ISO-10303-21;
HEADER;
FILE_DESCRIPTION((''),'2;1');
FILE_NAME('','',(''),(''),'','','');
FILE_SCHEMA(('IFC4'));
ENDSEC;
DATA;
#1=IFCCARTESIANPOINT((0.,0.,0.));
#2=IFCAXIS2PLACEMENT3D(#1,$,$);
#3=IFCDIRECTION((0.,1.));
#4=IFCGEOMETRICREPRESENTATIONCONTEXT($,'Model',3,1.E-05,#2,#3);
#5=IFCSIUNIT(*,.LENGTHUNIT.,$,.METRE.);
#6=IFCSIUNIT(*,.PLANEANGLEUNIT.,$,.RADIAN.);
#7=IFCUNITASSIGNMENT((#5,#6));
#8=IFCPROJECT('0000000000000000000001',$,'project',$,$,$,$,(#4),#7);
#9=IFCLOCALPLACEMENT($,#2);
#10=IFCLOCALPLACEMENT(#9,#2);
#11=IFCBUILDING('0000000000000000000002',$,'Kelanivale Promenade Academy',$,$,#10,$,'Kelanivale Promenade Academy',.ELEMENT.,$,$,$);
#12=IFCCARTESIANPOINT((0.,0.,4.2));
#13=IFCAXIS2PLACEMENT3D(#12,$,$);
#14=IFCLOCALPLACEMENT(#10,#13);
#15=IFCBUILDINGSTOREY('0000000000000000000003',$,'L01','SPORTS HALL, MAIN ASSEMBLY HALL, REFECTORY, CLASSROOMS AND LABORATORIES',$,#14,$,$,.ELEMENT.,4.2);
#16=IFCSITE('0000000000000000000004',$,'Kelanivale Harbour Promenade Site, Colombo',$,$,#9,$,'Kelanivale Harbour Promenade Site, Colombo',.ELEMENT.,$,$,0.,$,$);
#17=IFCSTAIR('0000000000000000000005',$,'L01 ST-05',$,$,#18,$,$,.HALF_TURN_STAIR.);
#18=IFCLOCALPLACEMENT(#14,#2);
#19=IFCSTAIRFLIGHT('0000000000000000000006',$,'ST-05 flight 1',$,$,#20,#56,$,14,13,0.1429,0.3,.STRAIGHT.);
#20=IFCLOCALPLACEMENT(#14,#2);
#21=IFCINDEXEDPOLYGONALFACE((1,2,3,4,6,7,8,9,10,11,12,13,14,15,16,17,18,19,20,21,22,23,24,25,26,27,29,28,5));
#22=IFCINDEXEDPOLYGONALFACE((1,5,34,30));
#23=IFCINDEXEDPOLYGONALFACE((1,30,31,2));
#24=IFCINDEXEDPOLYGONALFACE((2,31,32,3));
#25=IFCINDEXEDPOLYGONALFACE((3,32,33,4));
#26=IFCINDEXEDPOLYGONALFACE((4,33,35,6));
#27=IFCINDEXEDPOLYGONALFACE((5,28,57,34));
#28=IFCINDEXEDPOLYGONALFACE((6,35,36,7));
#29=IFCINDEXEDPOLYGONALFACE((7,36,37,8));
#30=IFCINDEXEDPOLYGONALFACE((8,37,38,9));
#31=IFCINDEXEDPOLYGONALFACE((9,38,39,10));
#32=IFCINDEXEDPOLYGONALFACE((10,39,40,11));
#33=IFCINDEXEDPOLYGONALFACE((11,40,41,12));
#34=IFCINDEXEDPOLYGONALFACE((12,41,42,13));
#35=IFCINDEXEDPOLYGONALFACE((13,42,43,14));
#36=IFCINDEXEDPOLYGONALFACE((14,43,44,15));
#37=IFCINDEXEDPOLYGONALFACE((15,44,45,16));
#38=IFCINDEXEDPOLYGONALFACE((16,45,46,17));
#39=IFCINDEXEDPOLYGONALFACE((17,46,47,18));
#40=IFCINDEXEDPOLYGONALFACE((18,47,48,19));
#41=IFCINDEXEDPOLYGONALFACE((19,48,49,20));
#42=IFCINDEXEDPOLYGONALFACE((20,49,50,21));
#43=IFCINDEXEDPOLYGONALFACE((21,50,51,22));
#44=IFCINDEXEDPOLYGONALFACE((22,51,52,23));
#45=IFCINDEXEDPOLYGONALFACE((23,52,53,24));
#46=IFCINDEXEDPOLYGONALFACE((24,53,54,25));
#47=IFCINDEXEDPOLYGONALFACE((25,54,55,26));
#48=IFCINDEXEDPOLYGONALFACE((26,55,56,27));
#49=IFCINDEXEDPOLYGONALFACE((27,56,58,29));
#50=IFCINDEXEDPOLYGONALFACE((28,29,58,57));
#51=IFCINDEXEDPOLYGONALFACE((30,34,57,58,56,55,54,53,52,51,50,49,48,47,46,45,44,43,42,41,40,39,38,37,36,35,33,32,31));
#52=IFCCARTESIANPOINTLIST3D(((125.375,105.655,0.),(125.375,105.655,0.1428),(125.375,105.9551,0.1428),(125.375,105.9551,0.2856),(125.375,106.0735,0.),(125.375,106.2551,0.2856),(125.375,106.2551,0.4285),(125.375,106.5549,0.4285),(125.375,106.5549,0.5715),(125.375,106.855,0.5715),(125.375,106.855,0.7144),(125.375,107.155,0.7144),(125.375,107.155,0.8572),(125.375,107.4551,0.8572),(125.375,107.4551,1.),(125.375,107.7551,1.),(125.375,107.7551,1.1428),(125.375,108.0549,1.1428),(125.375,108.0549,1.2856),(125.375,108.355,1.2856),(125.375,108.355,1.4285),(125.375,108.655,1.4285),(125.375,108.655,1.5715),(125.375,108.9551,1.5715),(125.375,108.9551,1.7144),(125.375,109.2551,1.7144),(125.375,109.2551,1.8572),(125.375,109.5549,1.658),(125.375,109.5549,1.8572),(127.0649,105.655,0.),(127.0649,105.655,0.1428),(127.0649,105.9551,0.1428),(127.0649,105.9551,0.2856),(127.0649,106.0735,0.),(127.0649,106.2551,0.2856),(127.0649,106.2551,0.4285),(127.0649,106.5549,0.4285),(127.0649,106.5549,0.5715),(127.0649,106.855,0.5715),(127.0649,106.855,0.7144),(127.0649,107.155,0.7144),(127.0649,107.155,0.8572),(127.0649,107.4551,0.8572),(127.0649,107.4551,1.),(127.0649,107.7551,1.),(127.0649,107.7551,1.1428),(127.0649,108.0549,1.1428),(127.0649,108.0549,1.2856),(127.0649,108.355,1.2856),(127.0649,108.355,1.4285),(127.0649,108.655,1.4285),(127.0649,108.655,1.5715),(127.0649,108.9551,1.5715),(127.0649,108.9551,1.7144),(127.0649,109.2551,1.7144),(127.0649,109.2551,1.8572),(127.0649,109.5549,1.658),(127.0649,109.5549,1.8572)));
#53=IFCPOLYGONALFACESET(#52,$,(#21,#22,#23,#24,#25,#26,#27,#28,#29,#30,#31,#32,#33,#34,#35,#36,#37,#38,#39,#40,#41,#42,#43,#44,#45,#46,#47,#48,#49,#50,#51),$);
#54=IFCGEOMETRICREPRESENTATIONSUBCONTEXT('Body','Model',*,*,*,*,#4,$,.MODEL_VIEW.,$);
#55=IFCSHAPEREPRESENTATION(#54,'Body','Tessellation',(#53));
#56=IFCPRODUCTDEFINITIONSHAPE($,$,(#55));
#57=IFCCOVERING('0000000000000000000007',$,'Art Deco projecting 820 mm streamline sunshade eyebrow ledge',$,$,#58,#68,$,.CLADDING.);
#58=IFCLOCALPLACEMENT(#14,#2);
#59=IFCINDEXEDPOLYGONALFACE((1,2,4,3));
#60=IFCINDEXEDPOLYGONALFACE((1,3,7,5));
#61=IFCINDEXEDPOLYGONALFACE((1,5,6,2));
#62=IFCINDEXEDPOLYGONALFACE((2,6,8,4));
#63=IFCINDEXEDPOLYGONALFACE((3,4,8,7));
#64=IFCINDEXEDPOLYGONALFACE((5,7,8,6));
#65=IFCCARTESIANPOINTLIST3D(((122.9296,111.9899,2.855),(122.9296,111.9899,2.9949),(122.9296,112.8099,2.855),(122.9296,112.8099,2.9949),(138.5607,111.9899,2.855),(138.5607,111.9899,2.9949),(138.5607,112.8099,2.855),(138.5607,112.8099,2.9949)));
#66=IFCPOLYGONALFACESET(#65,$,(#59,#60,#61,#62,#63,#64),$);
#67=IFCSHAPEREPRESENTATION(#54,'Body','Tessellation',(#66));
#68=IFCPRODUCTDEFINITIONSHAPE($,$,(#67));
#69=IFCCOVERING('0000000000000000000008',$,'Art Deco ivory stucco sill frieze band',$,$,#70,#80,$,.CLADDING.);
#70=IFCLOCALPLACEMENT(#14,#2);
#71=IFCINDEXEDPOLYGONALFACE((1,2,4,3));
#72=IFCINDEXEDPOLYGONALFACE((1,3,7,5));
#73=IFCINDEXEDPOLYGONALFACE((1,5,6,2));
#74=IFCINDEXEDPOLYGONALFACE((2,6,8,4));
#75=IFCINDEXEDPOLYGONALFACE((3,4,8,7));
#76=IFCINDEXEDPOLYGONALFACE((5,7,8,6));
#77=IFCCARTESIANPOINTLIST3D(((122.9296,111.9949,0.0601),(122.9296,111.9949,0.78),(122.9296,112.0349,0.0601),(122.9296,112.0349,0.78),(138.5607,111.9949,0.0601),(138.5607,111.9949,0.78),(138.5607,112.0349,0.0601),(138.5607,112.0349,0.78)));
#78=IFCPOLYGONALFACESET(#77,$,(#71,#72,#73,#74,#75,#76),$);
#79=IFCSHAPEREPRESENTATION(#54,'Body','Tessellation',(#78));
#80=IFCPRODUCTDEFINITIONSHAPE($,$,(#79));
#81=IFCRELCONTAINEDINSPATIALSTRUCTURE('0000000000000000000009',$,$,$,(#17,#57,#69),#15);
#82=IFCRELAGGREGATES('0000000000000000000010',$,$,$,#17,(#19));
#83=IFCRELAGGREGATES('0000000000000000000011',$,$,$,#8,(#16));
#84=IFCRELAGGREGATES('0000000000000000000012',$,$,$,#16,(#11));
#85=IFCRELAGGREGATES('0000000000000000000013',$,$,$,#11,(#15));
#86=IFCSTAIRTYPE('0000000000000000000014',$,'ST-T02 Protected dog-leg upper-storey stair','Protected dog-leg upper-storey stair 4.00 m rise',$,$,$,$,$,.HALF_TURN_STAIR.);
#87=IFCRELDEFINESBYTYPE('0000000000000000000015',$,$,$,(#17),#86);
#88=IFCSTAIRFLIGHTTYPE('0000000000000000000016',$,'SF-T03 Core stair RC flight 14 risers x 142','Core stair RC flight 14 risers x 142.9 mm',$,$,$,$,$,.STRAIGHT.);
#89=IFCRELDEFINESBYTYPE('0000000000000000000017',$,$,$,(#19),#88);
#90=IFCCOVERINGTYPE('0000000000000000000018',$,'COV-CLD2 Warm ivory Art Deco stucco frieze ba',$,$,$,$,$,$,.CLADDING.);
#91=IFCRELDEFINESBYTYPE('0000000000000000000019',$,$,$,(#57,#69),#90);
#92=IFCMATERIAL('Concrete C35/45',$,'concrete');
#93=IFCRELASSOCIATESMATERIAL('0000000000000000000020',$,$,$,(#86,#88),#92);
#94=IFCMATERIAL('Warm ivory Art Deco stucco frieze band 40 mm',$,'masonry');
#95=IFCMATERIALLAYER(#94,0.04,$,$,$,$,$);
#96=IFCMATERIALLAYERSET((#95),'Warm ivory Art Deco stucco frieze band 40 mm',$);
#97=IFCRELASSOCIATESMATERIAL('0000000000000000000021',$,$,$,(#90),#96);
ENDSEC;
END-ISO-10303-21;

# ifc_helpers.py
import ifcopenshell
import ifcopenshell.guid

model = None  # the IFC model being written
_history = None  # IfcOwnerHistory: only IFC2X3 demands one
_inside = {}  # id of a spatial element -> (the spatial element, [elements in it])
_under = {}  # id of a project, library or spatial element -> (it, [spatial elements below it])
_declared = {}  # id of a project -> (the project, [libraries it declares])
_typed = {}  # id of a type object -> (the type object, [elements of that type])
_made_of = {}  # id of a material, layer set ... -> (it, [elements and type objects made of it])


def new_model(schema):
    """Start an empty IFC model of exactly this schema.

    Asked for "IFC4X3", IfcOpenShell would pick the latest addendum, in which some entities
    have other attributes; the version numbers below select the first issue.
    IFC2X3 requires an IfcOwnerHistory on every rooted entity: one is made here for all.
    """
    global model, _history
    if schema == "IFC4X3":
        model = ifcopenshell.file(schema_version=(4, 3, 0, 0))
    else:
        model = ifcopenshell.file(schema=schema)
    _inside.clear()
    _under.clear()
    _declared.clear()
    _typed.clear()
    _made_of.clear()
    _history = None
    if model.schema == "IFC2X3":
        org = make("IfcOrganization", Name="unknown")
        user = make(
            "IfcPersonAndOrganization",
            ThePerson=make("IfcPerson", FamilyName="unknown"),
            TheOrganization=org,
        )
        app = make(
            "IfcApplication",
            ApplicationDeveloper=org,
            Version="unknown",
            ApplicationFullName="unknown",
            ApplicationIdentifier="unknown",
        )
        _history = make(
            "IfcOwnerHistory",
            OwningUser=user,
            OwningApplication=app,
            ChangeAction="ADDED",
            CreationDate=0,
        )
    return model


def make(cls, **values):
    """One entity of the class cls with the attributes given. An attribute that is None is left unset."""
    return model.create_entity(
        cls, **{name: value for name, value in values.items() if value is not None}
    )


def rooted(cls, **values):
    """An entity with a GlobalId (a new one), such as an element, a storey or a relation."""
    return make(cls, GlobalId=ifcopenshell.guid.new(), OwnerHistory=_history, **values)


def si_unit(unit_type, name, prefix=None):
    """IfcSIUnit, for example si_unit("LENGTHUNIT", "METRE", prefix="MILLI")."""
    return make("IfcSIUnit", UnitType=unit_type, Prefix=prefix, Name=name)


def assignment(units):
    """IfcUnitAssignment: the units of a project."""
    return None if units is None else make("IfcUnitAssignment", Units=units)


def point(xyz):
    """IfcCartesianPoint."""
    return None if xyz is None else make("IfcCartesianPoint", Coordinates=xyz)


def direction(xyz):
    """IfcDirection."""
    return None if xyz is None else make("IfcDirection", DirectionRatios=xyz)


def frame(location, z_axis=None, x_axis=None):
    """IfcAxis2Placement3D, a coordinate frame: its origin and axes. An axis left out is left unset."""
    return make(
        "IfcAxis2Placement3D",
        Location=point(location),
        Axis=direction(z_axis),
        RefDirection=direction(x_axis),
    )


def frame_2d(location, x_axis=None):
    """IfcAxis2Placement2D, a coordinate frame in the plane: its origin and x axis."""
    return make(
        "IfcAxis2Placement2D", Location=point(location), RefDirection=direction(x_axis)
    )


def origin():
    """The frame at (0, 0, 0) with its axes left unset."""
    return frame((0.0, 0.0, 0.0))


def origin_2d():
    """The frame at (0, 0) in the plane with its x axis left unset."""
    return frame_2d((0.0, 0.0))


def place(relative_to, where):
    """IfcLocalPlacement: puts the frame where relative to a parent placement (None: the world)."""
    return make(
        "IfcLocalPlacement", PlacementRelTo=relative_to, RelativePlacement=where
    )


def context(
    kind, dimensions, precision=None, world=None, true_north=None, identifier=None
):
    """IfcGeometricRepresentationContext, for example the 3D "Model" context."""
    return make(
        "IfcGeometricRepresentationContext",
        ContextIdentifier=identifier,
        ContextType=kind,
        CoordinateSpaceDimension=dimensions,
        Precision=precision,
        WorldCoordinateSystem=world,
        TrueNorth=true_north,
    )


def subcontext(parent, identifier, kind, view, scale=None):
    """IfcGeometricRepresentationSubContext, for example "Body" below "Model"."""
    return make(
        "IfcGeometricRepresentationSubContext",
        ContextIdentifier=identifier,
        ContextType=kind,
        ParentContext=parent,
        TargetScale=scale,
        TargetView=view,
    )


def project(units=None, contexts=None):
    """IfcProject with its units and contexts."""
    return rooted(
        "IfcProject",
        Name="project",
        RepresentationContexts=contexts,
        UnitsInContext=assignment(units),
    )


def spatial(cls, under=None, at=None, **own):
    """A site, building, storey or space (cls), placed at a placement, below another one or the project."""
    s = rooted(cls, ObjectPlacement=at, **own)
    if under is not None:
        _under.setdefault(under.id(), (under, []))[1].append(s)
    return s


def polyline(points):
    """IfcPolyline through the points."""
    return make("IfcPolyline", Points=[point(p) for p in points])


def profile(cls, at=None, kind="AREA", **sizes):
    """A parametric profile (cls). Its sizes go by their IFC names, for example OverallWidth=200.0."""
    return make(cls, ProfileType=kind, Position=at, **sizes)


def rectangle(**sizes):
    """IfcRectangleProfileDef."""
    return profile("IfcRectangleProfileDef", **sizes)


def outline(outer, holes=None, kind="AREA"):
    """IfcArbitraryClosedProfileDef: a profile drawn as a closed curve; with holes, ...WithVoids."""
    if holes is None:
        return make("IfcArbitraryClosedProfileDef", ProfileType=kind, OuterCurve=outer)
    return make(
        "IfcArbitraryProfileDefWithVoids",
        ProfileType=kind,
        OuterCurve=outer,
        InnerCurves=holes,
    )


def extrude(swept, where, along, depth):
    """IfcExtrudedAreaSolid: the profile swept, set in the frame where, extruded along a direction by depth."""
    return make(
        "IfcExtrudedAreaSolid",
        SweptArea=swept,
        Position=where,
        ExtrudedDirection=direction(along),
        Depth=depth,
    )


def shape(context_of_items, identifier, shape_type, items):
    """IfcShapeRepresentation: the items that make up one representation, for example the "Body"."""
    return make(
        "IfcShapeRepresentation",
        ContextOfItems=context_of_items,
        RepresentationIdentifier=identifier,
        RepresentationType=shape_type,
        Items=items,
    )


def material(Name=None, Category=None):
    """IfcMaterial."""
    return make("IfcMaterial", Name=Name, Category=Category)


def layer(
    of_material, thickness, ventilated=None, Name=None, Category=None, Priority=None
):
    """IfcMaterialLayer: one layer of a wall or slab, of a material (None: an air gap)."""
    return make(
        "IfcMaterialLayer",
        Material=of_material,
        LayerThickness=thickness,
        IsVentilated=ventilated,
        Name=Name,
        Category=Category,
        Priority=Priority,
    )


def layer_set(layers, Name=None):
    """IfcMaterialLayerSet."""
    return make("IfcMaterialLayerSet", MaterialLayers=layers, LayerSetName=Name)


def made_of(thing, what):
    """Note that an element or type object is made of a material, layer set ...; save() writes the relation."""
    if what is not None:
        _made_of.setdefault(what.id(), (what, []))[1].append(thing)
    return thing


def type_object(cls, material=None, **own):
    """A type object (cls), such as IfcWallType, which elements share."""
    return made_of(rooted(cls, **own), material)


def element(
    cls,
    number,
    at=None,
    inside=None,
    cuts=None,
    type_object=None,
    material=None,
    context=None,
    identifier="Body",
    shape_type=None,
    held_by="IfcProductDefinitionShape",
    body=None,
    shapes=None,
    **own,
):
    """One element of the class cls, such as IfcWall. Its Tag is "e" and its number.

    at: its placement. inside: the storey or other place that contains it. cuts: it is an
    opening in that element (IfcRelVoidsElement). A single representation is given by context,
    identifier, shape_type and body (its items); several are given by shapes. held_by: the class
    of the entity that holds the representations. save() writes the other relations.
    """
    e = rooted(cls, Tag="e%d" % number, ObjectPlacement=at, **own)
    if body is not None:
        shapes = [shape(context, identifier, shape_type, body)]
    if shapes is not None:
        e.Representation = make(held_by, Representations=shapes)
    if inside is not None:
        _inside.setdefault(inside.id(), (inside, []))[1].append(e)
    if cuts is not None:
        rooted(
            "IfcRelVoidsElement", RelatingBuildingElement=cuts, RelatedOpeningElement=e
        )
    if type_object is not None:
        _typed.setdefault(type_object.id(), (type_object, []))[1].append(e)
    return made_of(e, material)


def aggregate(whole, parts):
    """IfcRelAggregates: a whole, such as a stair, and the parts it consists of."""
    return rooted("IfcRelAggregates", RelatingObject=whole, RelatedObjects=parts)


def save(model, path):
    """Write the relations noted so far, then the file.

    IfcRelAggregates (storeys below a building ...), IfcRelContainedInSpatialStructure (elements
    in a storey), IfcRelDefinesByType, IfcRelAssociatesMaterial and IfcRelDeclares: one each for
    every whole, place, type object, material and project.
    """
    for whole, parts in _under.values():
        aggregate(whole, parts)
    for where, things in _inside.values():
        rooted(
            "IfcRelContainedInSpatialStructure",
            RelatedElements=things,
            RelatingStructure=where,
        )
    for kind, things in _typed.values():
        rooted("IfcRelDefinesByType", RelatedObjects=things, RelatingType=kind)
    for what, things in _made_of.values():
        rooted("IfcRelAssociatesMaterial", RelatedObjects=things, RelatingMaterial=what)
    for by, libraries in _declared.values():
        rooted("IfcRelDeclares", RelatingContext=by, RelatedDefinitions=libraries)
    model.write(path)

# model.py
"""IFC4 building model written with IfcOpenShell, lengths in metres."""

from ifc_helpers import new_model, si_unit, direction, frame, origin, origin_2d, place, context, subcontext, project, spatial, polyline, rectangle, outline, extrude, material, layer, layer_set, type_object, element, aggregate, save


model = new_model("IFC4")

# Units and contexts
model_context = context("Model", 3, precision=1e-05, world=origin(), true_north=direction((0.0, 1.0)))
body_context = subcontext(model_context, "Body", "Model", "MODEL_VIEW")
ifc_project = project(units=[si_unit("LENGTHUNIT", "METRE"), si_unit("PLANEANGLEUNIT", "RADIAN")], contexts=[model_context])

# Site, building, storey
site_placement = place(None, origin())
site = spatial("IfcSite", under=ifc_project, at=site_placement, Name="Kelanivale Harbour Promenade Site, Colombo", LongName="Kelanivale Harbour Promenade Site, Colombo", CompositionType="ELEMENT", RefElevation=0.0)
building_placement = place(site_placement, origin())
building = spatial("IfcBuilding", under=site, at=building_placement, Name="Kelanivale Promenade Academy", LongName="Kelanivale Promenade Academy", CompositionType="ELEMENT")
storey_placement = place(building_placement, frame((0.0, 0.0, 4.2)))
storey = spatial("IfcBuildingStorey", under=building, at=storey_placement, Name="L01", Description="SPORTS HALL, MAIN ASSEMBLY HALL, REFECTORY, CLASSROOMS AND LABORATORIES", CompositionType="ELEMENT", Elevation=4.2)

# Shared definitions
ifc_material_1 = material(Name="Concrete C35/45", Category="concrete")

# Stair, stair flight
stair_type = type_object("IfcStairType", Name="ST-T02 Protected dog-leg upper-storey stair", Description="Protected dog-leg upper-storey stair 4.00 m rise", PredefinedType="HALF_TURN_STAIR", material=ifc_material_1)
stair_placement = place(storey_placement, origin())
stair = element("IfcStair", 1, at=stair_placement, inside=storey, type_object=stair_type, Name="L01 ST-05", PredefinedType="HALF_TURN_STAIR")
stair_flight_type = type_object("IfcStairFlightType", Name="SF-T03 Core stair RC flight 14 risers x 142", Description="Core stair RC flight 14 risers x 142.9 mm", PredefinedType="STRAIGHT", material=ifc_material_1)
stair_flight_placement = place(storey_placement, frame((126.22, 105.655, 0.0), z_axis=(0.0, 0.0, 1.0), x_axis=(0.0, 1.0, 0.0)))
stair_flight = element("IfcStairFlight", 2, at=stair_flight_placement, type_object=stair_flight_type, Name="ST-05 flight 1", NumberOfRisers=14, NumberOfTreads=13, PredefinedType="STRAIGHT", RiserHeight=0.1429, TreadLength=0.3, context=body_context, shape_type="SweptSolid", body=[
    extrude(outline(polyline([(0.0, 0.0), (0.0, 0.1428), (0.3, 0.1428), (0.3, 0.2856), (0.6001, 0.2856), (0.6001, 0.4285), (0.8999, 0.4285), (0.8999, 0.5715), (1.2, 0.5715), (1.2, 0.7144), (1.5, 0.7144), (1.5, 0.8572), (1.8, 0.8572), (1.8, 1.0), (2.1001, 1.0), (2.1001, 1.1428), (2.3999, 1.1428), (2.3999, 1.2856), (2.7, 1.2856), (2.7, 1.4285), (3.0, 1.4285), (3.0, 1.5715), (3.3, 1.5715), (3.3, 1.7144), (3.6001, 1.7144), (3.6001, 1.8572), (3.8999, 1.8572), (3.8999, 2.0), (3.8999, 1.658), (0.4185, 0.0), (0.0, 0.0)])), frame((0.0, 0.845, 0.0), z_axis=(0.0, -1.0, 0.0), x_axis=(1.0, 0.0, 0.0)), (0.0, 0.0, 1.0), 1.6899),
])
aggregate(stair, [stair_flight])

# Coverings
ifc_material_2 = material(Name="Warm ivory Art Deco stucco frieze band 40 mm", Category="masonry")
ifc_layer_1 = layer(ifc_material_2, 0.04)
ifc_layer_set_1 = layer_set([ifc_layer_1], Name="Warm ivory Art Deco stucco frieze band 40 mm")
covering_type = type_object("IfcCoveringType", Name="COV-CLD2 Warm ivory Art Deco stucco frieze ba", PredefinedType="CLADDING", material=ifc_layer_set_1)
covering_1_placement = place(storey_placement, frame((130.7451, 112.3999, 2.855), z_axis=(0.0, 0.0, 1.0), x_axis=(-1.0, 0.0, 0.0)))
element("IfcCovering", 3, at=covering_1_placement, inside=storey, type_object=covering_type, Name="Art Deco projecting 820 mm streamline sunshade eyebrow ledge", PredefinedType="CLADDING", context=body_context, shape_type="SweptSolid", body=[
    extrude(rectangle(XDim=15.6311, YDim=0.8201, at=origin_2d()), origin(), (0.0, 0.0, 1.0), 0.1399),
])
covering_2_placement = place(storey_placement, frame((130.7451, 112.0149, 0.0601), z_axis=(0.0, 0.0, 1.0), x_axis=(-1.0, 0.0, 0.0)))
element("IfcCovering", 4, at=covering_2_placement, inside=storey, type_object=covering_type, Name="Art Deco ivory stucco sill frieze band", PredefinedType="CLADDING", context=body_context, shape_type="SweptSolid", body=[
    extrude(rectangle(XDim=15.6311, YDim=0.04, at=origin_2d()), origin(), (0.0, 0.0, 1.0), 0.72),
])

save(model, "model.ifc")
